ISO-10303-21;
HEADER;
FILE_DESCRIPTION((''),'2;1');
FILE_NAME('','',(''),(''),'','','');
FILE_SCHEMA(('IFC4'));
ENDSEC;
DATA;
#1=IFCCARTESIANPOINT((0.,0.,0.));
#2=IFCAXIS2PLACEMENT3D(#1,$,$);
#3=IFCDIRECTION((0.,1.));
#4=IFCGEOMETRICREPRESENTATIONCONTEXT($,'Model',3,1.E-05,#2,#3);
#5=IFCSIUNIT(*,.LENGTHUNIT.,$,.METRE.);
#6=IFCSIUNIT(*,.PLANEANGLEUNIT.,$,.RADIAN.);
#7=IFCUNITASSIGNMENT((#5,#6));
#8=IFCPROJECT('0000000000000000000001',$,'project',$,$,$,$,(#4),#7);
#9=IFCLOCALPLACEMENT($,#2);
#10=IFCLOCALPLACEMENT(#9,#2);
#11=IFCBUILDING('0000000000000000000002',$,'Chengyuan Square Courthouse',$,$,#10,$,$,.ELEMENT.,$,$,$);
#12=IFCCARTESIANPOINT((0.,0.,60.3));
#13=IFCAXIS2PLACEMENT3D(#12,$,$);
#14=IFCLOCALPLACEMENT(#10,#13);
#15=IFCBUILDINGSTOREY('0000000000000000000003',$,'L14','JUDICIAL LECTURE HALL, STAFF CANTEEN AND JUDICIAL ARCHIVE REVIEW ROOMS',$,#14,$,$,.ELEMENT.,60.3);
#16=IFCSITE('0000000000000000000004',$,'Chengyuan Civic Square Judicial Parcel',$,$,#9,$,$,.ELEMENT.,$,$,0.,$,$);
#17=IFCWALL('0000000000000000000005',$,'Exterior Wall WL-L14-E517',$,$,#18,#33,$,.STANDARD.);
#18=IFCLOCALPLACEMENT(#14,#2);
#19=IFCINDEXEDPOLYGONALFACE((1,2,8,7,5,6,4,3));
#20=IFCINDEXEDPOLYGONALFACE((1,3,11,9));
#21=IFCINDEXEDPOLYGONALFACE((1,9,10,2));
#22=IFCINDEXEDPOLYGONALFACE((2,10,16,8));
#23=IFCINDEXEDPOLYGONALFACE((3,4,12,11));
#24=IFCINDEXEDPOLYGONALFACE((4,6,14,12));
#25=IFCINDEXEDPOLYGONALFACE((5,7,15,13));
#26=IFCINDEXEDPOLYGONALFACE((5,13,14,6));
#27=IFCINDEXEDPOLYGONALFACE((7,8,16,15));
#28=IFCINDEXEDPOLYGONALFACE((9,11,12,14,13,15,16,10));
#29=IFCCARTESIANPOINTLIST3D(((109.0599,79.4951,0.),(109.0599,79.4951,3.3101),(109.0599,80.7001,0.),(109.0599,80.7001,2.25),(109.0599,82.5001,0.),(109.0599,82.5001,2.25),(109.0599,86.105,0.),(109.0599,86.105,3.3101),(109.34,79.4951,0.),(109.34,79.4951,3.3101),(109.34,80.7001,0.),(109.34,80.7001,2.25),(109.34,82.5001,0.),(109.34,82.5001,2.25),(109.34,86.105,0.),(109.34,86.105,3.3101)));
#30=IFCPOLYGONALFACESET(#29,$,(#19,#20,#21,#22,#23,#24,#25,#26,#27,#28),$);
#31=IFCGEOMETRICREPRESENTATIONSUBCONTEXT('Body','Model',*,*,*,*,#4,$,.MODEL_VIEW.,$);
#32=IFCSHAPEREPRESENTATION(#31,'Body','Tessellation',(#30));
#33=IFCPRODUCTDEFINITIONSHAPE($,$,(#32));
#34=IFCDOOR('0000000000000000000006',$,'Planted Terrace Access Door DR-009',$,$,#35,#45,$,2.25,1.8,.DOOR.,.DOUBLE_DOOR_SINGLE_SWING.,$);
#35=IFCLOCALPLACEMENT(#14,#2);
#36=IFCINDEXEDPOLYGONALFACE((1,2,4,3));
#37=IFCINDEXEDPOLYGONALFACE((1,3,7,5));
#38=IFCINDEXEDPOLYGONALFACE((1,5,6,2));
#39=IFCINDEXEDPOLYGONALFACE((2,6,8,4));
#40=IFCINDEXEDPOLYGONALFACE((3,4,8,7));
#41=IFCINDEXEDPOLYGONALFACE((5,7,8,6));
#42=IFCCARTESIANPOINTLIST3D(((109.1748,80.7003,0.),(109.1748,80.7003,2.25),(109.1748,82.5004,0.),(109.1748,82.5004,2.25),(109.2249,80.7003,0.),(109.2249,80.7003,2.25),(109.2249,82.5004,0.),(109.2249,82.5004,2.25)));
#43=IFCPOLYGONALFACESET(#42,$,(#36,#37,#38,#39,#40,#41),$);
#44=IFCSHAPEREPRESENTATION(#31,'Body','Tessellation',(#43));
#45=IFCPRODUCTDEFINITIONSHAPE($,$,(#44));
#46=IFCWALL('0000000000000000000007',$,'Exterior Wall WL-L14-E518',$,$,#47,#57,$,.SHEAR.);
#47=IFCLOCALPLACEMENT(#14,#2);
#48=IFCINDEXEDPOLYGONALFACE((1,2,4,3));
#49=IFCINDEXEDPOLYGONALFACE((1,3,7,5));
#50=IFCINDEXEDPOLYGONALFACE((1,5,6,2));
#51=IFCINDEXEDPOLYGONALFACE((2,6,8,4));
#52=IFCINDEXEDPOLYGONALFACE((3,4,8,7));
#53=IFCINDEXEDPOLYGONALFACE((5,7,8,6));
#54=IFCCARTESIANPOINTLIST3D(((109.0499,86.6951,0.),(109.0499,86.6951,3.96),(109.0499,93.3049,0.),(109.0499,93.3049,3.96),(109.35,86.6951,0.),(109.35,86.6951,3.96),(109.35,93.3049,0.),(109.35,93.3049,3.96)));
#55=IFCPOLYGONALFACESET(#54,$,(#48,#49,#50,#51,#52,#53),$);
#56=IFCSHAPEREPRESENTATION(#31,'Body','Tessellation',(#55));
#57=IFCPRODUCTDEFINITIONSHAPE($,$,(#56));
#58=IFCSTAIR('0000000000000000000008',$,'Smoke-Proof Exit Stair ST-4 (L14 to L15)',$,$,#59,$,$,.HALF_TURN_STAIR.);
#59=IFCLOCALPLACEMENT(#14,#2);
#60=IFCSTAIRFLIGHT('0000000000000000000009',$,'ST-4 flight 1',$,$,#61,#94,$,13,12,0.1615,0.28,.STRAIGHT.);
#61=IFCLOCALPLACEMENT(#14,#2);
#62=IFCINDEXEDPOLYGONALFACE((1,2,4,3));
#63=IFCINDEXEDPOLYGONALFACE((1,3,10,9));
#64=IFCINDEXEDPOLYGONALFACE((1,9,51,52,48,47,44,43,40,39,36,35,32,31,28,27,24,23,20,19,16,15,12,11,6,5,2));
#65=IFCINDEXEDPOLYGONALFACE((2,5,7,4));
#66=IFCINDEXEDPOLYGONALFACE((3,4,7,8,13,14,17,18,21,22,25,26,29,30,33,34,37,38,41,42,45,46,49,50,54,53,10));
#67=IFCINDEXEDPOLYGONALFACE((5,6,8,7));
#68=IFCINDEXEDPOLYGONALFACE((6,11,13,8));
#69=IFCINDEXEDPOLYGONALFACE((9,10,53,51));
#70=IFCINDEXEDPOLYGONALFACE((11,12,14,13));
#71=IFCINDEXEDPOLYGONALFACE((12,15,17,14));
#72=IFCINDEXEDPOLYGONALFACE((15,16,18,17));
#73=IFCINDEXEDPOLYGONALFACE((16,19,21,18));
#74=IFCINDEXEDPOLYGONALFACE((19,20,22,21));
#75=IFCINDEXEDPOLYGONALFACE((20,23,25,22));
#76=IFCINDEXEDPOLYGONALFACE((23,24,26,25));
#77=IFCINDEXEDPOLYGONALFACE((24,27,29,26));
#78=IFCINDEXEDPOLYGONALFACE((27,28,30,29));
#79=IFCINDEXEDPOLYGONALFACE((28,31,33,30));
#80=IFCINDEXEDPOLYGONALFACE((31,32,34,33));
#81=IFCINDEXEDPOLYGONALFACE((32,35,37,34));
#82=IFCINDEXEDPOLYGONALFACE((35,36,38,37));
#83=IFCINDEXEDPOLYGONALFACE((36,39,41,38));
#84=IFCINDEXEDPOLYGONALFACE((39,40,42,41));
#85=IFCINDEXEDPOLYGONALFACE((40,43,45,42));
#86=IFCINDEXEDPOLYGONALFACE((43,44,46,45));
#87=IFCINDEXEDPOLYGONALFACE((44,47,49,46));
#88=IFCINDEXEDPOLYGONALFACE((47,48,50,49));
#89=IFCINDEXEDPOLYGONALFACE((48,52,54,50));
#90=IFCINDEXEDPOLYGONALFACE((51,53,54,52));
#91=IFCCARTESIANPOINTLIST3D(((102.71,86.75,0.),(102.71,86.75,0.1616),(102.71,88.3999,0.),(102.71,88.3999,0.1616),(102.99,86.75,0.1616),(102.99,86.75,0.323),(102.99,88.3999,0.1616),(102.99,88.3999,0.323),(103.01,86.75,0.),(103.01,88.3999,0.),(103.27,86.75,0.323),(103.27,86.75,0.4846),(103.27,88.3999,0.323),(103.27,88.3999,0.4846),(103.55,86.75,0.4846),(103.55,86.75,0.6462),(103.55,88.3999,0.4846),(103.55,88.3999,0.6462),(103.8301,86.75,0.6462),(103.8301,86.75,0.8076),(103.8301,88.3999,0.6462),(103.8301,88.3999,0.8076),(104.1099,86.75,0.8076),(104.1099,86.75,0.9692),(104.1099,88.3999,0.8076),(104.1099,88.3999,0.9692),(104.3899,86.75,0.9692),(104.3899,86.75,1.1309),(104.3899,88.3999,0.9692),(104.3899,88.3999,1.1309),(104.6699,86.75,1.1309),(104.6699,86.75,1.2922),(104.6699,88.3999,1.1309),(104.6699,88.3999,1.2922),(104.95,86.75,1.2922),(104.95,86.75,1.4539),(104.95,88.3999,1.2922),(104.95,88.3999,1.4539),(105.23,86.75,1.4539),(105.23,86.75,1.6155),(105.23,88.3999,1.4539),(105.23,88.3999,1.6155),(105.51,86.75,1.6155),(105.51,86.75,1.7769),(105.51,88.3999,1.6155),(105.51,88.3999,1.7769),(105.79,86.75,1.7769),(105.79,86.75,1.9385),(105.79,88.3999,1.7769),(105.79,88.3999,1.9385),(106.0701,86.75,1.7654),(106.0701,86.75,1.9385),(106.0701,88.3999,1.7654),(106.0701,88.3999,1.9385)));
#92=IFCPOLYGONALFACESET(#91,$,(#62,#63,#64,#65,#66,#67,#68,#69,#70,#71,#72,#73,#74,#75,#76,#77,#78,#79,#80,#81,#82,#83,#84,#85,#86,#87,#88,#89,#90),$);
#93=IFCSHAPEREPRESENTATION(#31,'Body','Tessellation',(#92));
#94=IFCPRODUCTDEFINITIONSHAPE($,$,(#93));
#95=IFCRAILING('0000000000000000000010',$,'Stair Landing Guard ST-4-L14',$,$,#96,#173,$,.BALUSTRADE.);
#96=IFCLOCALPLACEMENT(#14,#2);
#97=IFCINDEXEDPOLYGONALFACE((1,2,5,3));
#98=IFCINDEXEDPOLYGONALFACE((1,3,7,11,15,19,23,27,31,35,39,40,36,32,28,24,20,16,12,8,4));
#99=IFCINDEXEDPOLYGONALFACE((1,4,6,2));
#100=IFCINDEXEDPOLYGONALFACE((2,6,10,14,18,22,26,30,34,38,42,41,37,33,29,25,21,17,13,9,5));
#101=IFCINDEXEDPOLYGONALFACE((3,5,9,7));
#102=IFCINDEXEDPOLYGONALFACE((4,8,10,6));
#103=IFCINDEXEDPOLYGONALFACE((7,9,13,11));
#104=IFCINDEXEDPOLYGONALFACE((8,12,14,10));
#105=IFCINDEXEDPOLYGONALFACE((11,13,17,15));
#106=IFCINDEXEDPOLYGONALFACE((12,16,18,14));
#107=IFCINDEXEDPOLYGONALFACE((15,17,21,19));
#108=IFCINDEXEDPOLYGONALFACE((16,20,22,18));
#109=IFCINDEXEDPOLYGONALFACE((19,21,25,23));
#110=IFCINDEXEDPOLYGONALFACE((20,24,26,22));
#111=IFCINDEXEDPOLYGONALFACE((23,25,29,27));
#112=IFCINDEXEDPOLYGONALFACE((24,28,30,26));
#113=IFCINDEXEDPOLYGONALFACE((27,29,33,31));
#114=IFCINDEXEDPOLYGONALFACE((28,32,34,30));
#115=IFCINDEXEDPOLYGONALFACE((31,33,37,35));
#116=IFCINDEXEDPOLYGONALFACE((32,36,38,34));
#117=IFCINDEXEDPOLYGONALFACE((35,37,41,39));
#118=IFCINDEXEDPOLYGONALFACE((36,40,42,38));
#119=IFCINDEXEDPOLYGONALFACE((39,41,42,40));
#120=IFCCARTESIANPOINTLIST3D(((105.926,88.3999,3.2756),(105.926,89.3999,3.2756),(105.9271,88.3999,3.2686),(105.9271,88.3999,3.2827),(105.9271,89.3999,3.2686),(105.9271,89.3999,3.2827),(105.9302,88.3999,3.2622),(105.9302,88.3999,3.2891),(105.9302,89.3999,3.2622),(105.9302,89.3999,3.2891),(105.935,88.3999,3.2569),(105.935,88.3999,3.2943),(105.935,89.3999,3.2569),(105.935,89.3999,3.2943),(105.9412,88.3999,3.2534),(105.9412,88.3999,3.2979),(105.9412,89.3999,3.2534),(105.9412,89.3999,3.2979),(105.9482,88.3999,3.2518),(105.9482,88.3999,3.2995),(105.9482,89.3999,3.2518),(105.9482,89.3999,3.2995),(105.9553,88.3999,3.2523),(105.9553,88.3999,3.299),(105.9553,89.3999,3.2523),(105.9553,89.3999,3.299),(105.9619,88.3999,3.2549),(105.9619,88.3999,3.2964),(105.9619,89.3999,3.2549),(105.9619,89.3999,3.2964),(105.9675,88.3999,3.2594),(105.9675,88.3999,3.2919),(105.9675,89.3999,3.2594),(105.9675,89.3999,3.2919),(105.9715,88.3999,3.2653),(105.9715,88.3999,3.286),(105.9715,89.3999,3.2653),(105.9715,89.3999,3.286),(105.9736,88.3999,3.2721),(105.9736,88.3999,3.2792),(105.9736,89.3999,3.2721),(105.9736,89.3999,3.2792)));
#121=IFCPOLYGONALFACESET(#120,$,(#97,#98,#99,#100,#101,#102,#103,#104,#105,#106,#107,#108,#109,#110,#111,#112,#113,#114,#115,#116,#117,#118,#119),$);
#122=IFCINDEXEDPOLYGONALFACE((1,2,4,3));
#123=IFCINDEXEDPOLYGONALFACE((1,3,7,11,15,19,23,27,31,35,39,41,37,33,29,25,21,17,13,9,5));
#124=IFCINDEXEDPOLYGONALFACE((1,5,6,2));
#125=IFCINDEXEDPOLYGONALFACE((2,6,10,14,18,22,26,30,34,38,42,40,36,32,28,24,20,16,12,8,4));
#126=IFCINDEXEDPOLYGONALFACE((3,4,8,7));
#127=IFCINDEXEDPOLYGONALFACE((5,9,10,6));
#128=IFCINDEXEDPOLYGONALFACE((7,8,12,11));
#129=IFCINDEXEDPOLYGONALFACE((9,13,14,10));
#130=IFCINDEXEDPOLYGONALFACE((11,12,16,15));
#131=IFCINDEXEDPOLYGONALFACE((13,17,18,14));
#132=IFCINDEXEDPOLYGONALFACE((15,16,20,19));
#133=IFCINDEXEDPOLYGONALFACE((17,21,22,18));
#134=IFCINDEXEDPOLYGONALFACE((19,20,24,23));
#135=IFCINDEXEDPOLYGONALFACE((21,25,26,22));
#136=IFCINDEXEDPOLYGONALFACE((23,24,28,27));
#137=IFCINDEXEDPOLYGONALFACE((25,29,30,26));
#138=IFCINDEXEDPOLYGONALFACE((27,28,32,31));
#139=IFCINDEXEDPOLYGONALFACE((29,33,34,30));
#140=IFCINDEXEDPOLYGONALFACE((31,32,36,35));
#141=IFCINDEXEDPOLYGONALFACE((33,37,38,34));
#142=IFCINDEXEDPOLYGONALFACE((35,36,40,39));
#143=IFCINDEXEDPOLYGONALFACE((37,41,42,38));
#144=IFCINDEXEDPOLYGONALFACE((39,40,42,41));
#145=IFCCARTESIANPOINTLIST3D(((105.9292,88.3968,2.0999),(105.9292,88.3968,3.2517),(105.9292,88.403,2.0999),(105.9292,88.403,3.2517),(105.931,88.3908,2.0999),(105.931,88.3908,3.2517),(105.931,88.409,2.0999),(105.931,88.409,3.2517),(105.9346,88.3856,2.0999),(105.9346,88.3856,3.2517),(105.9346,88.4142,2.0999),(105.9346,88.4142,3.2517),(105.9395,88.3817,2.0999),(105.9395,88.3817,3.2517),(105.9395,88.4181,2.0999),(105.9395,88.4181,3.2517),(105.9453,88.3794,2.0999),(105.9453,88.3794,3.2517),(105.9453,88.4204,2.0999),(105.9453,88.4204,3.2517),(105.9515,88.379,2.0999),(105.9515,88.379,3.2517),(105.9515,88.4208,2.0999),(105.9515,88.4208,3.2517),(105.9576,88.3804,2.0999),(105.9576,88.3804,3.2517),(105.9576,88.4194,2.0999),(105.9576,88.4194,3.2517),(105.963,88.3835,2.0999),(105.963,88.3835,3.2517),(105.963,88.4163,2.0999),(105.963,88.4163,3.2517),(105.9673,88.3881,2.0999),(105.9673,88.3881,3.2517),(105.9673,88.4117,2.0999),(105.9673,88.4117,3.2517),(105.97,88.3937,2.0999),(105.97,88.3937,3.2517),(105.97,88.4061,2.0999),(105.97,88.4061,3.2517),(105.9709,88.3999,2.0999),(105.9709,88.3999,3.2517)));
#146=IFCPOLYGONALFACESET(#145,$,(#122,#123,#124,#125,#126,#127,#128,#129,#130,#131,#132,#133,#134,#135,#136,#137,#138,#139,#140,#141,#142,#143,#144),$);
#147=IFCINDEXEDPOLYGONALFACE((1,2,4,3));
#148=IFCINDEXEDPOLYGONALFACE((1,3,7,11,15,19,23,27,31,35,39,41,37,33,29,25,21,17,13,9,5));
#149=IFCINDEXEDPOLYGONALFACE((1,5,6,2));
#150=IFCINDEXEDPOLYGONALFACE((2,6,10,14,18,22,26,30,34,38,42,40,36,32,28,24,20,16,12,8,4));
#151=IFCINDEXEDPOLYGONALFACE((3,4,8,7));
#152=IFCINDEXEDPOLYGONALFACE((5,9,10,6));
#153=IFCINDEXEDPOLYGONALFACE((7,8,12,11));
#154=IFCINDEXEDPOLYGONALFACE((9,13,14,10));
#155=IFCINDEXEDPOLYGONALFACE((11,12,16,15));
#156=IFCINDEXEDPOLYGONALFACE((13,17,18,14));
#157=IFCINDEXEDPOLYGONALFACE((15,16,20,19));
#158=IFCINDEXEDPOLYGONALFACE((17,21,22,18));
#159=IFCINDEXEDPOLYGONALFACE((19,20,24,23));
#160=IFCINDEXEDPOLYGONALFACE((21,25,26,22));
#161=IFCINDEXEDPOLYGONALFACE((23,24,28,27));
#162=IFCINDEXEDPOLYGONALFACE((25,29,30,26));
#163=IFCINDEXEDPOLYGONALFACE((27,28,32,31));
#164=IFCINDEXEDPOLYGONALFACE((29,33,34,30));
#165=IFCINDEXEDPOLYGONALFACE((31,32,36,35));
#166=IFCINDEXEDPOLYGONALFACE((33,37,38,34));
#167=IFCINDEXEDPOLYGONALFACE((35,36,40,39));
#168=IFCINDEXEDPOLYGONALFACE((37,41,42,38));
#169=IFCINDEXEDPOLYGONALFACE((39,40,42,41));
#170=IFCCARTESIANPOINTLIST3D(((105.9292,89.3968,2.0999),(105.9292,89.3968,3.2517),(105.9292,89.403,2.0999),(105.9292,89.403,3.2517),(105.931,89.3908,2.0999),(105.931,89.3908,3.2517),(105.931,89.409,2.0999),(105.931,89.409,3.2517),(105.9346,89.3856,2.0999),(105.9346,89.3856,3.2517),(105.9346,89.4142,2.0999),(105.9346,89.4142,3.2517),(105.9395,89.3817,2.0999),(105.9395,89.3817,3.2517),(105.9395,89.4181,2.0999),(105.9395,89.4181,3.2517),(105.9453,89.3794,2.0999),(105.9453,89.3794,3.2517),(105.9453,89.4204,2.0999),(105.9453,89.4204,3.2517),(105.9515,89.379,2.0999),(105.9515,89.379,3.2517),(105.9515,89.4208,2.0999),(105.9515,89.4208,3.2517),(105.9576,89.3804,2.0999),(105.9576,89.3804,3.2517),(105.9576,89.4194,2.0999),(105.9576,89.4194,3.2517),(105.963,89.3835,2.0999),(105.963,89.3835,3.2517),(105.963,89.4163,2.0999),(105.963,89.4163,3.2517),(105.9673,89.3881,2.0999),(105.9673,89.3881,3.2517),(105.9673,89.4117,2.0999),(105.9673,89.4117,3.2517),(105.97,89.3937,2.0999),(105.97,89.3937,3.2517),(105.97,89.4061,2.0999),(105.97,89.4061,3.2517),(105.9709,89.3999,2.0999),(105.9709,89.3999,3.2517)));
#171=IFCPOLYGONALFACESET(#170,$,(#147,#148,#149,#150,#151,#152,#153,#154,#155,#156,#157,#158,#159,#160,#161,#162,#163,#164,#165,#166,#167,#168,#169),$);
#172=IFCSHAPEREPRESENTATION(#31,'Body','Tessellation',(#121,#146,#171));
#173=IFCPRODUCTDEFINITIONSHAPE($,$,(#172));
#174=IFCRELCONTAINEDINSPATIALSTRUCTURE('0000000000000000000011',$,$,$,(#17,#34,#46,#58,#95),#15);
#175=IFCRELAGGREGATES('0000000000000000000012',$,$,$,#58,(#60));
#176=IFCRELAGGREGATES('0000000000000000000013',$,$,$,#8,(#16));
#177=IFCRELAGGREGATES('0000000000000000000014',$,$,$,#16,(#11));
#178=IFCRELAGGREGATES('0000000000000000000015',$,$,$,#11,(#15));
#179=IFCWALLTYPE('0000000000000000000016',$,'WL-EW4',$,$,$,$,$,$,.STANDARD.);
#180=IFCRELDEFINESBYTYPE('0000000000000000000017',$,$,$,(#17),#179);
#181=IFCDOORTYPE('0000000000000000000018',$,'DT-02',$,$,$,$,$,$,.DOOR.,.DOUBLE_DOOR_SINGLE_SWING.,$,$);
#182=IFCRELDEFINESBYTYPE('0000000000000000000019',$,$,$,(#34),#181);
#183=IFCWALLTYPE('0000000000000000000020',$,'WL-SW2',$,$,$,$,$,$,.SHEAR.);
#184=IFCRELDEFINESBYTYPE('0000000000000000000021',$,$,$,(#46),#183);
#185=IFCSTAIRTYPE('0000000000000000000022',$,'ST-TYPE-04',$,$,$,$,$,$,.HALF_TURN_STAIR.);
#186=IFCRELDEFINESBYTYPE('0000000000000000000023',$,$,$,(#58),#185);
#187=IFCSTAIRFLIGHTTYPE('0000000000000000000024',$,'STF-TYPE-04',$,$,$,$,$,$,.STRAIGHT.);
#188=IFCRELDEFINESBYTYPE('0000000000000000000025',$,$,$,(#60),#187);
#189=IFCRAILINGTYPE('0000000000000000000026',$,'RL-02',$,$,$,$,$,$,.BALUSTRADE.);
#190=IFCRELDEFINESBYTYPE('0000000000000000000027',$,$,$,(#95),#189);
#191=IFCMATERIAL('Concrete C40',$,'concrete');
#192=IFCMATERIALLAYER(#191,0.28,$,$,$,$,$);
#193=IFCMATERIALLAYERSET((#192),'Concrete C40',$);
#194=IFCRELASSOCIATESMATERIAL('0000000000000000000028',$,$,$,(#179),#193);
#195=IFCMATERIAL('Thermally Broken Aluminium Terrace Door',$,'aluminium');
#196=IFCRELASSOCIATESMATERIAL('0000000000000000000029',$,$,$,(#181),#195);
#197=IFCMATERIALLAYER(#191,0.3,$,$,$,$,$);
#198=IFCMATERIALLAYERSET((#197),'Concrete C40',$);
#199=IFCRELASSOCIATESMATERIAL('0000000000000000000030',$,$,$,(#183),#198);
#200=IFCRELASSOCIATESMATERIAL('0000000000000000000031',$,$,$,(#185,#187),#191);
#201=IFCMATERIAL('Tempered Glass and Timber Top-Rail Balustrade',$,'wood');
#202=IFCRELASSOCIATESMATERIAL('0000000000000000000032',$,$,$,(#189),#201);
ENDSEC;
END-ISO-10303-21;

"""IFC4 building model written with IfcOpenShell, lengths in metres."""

from ifc_helpers import new_model, si_unit, direction, frame, frame_2d, origin, origin_2d, place, context, subcontext, project, spatial, polyline, rectangle, circle, outline, extrude, material, layer, layer_set, type_object, element, fill, aggregate, save


model = new_model("IFC4")

# Units and contexts
model_context = context("Model", 3, precision=1e-05, world=origin(), true_north=direction((0.0, 1.0)))
body_context = subcontext(model_context, "Body", "Model", "MODEL_VIEW")
ifc_project = project(units=[si_unit("LENGTHUNIT", "METRE"), si_unit("PLANEANGLEUNIT", "RADIAN")], contexts=[model_context])

# Site, building, storey
site_placement = place(None, origin())
site = spatial("IfcSite", under=ifc_project, at=site_placement, Name="Chengyuan Civic Square Judicial Parcel", CompositionType="ELEMENT", RefElevation=0.0)
building_placement = place(site_placement, origin())
building = spatial("IfcBuilding", under=site, at=building_placement, Name="Chengyuan Square Courthouse", CompositionType="ELEMENT")
storey_placement = place(building_placement, frame((0.0, 0.0, 60.3)))
storey = spatial("IfcBuildingStorey", under=building, at=storey_placement, Name="L14", Description="JUDICIAL LECTURE HALL, STAFF CANTEEN AND JUDICIAL ARCHIVE REVIEW ROOMS", CompositionType="ELEMENT", Elevation=60.3)

# Shared definitions
ifc_material_1 = material(Name="Concrete C40", Category="concrete")

# Wall, opening, door
ifc_layer_1 = layer(ifc_material_1, 0.28)
ifc_layer_set_1 = layer_set([ifc_layer_1], Name="Concrete C40")
wall_type_1 = type_object("IfcWallType", Name="WL-EW4", PredefinedType="STANDARD", material=ifc_layer_set_1)
wall_1_placement = place(storey_placement, frame((109.2, 79.4951, 0.0), z_axis=(0.0, 0.0, 1.0), x_axis=(0.0, 1.0, 0.0)))
wall_1 = element("IfcWall", 1, at=wall_1_placement, inside=storey, type_object=wall_type_1, Name="Exterior Wall WL-L14-E517", PredefinedType="STANDARD", context=body_context, shape_type="SweptSolid", body=[
    extrude(rectangle(XDim=6.6099, YDim=0.28, at=frame_2d((3.3049, 0.0))), origin(), (0.0, 0.0, 1.0), 3.3101),
])
opening_placement = place(wall_1_placement, frame((1.2051, 0.0, 0.0)))
opening = element("IfcOpeningElement", 2, at=opening_placement, cuts=wall_1, PredefinedType="OPENING", context=body_context, shape_type="SweptSolid", body=[
    extrude(rectangle(XDim=1.8, YDim=2.25, at=frame_2d((0.8999, 1.125))), frame((0.0, 0.1521, 0.0), z_axis=(0.0, -1.0, 0.0), x_axis=(1.0, 0.0, 0.0)), (0.0, 0.0, 1.0), 0.304),
])
ifc_material_2 = material(Name="Thermally Broken Aluminium Terrace Door", Category="aluminium")
door_type = type_object("IfcDoorType", Name="DT-02", OperationType="DOUBLE_DOOR_SINGLE_SWING", PredefinedType="DOOR", material=ifc_material_2)
door_placement = place(opening_placement, frame((1.8, 0.0, 0.0), z_axis=(0.0, 0.0, 1.0), x_axis=(-1.0, 0.0, 0.0)))
door = element("IfcDoor", 3, at=door_placement, inside=storey, type_object=door_type, Name="Planted Terrace Access Door DR-009", OperationType="DOUBLE_DOOR_SINGLE_SWING", OverallHeight=2.25, OverallWidth=1.8, PredefinedType="DOOR", context=body_context, shape_type="SweptSolid", body=[
    extrude(rectangle(XDim=1.8, YDim=2.25, at=frame_2d((0.8999, 1.125))), frame((0.0, 0.0249, 0.0), z_axis=(0.0, -1.0, 0.0), x_axis=(1.0, 0.0, 0.0)), (0.0, 0.0, 1.0), 0.05),
])
fill(opening, door)

# Wall
ifc_layer_2 = layer(ifc_material_1, 0.3)
ifc_layer_set_2 = layer_set([ifc_layer_2], Name="Concrete C40")
wall_type_2 = type_object("IfcWallType", Name="WL-SW2", PredefinedType="SHEAR", material=ifc_layer_set_2)
wall_2_placement = place(storey_placement, frame((109.2, 86.6951, 0.0), z_axis=(0.0, 0.0, 1.0), x_axis=(0.0, 1.0, 0.0)))
element("IfcWall", 4, at=wall_2_placement, inside=storey, type_object=wall_type_2, Name="Exterior Wall WL-L14-E518", PredefinedType="SHEAR", context=body_context, shape_type="SweptSolid", body=[
    extrude(rectangle(XDim=6.6099, YDim=0.3, at=frame_2d((3.3049, 0.0))), origin(), (0.0, 0.0, 1.0), 3.96),
])

# Stair, stair flight
stair_type = type_object("IfcStairType", Name="ST-TYPE-04", PredefinedType="HALF_TURN_STAIR", material=ifc_material_1)
stair_placement = place(storey_placement, origin())
stair = element("IfcStair", 5, at=stair_placement, inside=storey, type_object=stair_type, Name="Smoke-Proof Exit Stair ST-4 (L14 to L15)", PredefinedType="HALF_TURN_STAIR")
stair_flight_type = type_object("IfcStairFlightType", Name="STF-TYPE-04", PredefinedType="STRAIGHT", material=ifc_material_1)
stair_flight_placement = place(storey_placement, frame((102.71, 87.575, 0.0), z_axis=(0.0, 0.0, 1.0), x_axis=(1.0, 0.0, 0.0)))
stair_flight = element("IfcStairFlight", 6, at=stair_flight_placement, type_object=stair_flight_type, Name="ST-4 flight 1", NumberOfRisers=13, NumberOfTreads=12, PredefinedType="STRAIGHT", RiserHeight=0.1615, TreadLength=0.28, context=body_context, shape_type="SweptSolid", body=[
    extrude(outline(polyline([(0.0, 0.0), (0.0, 0.1616), (0.28, 0.1616), (0.28, 0.323), (0.5601, 0.323), (0.5601, 0.4846), (0.8401, 0.4846), (0.8401, 0.6462), (1.1201, 0.6462), (1.1201, 0.8076), (1.3999, 0.8076), (1.3999, 0.9692), (1.6799, 0.9692), (1.6799, 1.1309), (1.96, 1.1309), (1.96, 1.2922), (2.24, 1.2922), (2.24, 1.4539), (2.52, 1.4539), (2.52, 1.6155), (2.8, 1.6155), (2.8, 1.7769), (3.0801, 1.7769), (3.0801, 1.9385), (3.3601, 1.9385), (3.3601, 2.1001), (3.3601, 1.7654), (0.3, 0.0), (0.0, 0.0)])), frame((0.0, 0.825, 0.0), z_axis=(0.0, -1.0, 0.0), x_axis=(1.0, 0.0, 0.0)), (0.0, 0.0, 1.0), 1.6499),
])
aggregate(stair, [stair_flight])

# Railing
ifc_material_3 = material(Name="Tempered Glass and Timber Top-Rail Balustrade", Category="wood")
railing_type_1 = type_object("IfcRailingType", Name="RL-02", PredefinedType="BALUSTRADE", material=ifc_material_3)
railing_1_placement = place(storey_placement, frame((105.95, 88.3999, 2.0999)))
element("IfcRailing", 7, at=railing_1_placement, inside=storey, type_object=railing_type_1, Name="Stair Landing Guard ST-4-L14", PredefinedType="BALUSTRADE", context=body_context, shape_type="SweptSolid", body=[
    extrude(circle(Radius=0.0239, at=origin_2d()), frame((0.0, 0.0, 1.1758), z_axis=(0.0, 1.0, 0.0), x_axis=(-1.0, 0.0, 0.0)), (0.0, 0.0, 1.0), 1.0),
    extrude(circle(Radius=0.021, at=origin_2d()), origin(), (0.0, 0.0, 1.0), 1.1519),
    extrude(circle(Radius=0.021, at=origin_2d()), frame((0.0, 1.0, 0.0)), (0.0, 0.0, 1.0), 1.1519),
])

save(model, "model.ifc")
